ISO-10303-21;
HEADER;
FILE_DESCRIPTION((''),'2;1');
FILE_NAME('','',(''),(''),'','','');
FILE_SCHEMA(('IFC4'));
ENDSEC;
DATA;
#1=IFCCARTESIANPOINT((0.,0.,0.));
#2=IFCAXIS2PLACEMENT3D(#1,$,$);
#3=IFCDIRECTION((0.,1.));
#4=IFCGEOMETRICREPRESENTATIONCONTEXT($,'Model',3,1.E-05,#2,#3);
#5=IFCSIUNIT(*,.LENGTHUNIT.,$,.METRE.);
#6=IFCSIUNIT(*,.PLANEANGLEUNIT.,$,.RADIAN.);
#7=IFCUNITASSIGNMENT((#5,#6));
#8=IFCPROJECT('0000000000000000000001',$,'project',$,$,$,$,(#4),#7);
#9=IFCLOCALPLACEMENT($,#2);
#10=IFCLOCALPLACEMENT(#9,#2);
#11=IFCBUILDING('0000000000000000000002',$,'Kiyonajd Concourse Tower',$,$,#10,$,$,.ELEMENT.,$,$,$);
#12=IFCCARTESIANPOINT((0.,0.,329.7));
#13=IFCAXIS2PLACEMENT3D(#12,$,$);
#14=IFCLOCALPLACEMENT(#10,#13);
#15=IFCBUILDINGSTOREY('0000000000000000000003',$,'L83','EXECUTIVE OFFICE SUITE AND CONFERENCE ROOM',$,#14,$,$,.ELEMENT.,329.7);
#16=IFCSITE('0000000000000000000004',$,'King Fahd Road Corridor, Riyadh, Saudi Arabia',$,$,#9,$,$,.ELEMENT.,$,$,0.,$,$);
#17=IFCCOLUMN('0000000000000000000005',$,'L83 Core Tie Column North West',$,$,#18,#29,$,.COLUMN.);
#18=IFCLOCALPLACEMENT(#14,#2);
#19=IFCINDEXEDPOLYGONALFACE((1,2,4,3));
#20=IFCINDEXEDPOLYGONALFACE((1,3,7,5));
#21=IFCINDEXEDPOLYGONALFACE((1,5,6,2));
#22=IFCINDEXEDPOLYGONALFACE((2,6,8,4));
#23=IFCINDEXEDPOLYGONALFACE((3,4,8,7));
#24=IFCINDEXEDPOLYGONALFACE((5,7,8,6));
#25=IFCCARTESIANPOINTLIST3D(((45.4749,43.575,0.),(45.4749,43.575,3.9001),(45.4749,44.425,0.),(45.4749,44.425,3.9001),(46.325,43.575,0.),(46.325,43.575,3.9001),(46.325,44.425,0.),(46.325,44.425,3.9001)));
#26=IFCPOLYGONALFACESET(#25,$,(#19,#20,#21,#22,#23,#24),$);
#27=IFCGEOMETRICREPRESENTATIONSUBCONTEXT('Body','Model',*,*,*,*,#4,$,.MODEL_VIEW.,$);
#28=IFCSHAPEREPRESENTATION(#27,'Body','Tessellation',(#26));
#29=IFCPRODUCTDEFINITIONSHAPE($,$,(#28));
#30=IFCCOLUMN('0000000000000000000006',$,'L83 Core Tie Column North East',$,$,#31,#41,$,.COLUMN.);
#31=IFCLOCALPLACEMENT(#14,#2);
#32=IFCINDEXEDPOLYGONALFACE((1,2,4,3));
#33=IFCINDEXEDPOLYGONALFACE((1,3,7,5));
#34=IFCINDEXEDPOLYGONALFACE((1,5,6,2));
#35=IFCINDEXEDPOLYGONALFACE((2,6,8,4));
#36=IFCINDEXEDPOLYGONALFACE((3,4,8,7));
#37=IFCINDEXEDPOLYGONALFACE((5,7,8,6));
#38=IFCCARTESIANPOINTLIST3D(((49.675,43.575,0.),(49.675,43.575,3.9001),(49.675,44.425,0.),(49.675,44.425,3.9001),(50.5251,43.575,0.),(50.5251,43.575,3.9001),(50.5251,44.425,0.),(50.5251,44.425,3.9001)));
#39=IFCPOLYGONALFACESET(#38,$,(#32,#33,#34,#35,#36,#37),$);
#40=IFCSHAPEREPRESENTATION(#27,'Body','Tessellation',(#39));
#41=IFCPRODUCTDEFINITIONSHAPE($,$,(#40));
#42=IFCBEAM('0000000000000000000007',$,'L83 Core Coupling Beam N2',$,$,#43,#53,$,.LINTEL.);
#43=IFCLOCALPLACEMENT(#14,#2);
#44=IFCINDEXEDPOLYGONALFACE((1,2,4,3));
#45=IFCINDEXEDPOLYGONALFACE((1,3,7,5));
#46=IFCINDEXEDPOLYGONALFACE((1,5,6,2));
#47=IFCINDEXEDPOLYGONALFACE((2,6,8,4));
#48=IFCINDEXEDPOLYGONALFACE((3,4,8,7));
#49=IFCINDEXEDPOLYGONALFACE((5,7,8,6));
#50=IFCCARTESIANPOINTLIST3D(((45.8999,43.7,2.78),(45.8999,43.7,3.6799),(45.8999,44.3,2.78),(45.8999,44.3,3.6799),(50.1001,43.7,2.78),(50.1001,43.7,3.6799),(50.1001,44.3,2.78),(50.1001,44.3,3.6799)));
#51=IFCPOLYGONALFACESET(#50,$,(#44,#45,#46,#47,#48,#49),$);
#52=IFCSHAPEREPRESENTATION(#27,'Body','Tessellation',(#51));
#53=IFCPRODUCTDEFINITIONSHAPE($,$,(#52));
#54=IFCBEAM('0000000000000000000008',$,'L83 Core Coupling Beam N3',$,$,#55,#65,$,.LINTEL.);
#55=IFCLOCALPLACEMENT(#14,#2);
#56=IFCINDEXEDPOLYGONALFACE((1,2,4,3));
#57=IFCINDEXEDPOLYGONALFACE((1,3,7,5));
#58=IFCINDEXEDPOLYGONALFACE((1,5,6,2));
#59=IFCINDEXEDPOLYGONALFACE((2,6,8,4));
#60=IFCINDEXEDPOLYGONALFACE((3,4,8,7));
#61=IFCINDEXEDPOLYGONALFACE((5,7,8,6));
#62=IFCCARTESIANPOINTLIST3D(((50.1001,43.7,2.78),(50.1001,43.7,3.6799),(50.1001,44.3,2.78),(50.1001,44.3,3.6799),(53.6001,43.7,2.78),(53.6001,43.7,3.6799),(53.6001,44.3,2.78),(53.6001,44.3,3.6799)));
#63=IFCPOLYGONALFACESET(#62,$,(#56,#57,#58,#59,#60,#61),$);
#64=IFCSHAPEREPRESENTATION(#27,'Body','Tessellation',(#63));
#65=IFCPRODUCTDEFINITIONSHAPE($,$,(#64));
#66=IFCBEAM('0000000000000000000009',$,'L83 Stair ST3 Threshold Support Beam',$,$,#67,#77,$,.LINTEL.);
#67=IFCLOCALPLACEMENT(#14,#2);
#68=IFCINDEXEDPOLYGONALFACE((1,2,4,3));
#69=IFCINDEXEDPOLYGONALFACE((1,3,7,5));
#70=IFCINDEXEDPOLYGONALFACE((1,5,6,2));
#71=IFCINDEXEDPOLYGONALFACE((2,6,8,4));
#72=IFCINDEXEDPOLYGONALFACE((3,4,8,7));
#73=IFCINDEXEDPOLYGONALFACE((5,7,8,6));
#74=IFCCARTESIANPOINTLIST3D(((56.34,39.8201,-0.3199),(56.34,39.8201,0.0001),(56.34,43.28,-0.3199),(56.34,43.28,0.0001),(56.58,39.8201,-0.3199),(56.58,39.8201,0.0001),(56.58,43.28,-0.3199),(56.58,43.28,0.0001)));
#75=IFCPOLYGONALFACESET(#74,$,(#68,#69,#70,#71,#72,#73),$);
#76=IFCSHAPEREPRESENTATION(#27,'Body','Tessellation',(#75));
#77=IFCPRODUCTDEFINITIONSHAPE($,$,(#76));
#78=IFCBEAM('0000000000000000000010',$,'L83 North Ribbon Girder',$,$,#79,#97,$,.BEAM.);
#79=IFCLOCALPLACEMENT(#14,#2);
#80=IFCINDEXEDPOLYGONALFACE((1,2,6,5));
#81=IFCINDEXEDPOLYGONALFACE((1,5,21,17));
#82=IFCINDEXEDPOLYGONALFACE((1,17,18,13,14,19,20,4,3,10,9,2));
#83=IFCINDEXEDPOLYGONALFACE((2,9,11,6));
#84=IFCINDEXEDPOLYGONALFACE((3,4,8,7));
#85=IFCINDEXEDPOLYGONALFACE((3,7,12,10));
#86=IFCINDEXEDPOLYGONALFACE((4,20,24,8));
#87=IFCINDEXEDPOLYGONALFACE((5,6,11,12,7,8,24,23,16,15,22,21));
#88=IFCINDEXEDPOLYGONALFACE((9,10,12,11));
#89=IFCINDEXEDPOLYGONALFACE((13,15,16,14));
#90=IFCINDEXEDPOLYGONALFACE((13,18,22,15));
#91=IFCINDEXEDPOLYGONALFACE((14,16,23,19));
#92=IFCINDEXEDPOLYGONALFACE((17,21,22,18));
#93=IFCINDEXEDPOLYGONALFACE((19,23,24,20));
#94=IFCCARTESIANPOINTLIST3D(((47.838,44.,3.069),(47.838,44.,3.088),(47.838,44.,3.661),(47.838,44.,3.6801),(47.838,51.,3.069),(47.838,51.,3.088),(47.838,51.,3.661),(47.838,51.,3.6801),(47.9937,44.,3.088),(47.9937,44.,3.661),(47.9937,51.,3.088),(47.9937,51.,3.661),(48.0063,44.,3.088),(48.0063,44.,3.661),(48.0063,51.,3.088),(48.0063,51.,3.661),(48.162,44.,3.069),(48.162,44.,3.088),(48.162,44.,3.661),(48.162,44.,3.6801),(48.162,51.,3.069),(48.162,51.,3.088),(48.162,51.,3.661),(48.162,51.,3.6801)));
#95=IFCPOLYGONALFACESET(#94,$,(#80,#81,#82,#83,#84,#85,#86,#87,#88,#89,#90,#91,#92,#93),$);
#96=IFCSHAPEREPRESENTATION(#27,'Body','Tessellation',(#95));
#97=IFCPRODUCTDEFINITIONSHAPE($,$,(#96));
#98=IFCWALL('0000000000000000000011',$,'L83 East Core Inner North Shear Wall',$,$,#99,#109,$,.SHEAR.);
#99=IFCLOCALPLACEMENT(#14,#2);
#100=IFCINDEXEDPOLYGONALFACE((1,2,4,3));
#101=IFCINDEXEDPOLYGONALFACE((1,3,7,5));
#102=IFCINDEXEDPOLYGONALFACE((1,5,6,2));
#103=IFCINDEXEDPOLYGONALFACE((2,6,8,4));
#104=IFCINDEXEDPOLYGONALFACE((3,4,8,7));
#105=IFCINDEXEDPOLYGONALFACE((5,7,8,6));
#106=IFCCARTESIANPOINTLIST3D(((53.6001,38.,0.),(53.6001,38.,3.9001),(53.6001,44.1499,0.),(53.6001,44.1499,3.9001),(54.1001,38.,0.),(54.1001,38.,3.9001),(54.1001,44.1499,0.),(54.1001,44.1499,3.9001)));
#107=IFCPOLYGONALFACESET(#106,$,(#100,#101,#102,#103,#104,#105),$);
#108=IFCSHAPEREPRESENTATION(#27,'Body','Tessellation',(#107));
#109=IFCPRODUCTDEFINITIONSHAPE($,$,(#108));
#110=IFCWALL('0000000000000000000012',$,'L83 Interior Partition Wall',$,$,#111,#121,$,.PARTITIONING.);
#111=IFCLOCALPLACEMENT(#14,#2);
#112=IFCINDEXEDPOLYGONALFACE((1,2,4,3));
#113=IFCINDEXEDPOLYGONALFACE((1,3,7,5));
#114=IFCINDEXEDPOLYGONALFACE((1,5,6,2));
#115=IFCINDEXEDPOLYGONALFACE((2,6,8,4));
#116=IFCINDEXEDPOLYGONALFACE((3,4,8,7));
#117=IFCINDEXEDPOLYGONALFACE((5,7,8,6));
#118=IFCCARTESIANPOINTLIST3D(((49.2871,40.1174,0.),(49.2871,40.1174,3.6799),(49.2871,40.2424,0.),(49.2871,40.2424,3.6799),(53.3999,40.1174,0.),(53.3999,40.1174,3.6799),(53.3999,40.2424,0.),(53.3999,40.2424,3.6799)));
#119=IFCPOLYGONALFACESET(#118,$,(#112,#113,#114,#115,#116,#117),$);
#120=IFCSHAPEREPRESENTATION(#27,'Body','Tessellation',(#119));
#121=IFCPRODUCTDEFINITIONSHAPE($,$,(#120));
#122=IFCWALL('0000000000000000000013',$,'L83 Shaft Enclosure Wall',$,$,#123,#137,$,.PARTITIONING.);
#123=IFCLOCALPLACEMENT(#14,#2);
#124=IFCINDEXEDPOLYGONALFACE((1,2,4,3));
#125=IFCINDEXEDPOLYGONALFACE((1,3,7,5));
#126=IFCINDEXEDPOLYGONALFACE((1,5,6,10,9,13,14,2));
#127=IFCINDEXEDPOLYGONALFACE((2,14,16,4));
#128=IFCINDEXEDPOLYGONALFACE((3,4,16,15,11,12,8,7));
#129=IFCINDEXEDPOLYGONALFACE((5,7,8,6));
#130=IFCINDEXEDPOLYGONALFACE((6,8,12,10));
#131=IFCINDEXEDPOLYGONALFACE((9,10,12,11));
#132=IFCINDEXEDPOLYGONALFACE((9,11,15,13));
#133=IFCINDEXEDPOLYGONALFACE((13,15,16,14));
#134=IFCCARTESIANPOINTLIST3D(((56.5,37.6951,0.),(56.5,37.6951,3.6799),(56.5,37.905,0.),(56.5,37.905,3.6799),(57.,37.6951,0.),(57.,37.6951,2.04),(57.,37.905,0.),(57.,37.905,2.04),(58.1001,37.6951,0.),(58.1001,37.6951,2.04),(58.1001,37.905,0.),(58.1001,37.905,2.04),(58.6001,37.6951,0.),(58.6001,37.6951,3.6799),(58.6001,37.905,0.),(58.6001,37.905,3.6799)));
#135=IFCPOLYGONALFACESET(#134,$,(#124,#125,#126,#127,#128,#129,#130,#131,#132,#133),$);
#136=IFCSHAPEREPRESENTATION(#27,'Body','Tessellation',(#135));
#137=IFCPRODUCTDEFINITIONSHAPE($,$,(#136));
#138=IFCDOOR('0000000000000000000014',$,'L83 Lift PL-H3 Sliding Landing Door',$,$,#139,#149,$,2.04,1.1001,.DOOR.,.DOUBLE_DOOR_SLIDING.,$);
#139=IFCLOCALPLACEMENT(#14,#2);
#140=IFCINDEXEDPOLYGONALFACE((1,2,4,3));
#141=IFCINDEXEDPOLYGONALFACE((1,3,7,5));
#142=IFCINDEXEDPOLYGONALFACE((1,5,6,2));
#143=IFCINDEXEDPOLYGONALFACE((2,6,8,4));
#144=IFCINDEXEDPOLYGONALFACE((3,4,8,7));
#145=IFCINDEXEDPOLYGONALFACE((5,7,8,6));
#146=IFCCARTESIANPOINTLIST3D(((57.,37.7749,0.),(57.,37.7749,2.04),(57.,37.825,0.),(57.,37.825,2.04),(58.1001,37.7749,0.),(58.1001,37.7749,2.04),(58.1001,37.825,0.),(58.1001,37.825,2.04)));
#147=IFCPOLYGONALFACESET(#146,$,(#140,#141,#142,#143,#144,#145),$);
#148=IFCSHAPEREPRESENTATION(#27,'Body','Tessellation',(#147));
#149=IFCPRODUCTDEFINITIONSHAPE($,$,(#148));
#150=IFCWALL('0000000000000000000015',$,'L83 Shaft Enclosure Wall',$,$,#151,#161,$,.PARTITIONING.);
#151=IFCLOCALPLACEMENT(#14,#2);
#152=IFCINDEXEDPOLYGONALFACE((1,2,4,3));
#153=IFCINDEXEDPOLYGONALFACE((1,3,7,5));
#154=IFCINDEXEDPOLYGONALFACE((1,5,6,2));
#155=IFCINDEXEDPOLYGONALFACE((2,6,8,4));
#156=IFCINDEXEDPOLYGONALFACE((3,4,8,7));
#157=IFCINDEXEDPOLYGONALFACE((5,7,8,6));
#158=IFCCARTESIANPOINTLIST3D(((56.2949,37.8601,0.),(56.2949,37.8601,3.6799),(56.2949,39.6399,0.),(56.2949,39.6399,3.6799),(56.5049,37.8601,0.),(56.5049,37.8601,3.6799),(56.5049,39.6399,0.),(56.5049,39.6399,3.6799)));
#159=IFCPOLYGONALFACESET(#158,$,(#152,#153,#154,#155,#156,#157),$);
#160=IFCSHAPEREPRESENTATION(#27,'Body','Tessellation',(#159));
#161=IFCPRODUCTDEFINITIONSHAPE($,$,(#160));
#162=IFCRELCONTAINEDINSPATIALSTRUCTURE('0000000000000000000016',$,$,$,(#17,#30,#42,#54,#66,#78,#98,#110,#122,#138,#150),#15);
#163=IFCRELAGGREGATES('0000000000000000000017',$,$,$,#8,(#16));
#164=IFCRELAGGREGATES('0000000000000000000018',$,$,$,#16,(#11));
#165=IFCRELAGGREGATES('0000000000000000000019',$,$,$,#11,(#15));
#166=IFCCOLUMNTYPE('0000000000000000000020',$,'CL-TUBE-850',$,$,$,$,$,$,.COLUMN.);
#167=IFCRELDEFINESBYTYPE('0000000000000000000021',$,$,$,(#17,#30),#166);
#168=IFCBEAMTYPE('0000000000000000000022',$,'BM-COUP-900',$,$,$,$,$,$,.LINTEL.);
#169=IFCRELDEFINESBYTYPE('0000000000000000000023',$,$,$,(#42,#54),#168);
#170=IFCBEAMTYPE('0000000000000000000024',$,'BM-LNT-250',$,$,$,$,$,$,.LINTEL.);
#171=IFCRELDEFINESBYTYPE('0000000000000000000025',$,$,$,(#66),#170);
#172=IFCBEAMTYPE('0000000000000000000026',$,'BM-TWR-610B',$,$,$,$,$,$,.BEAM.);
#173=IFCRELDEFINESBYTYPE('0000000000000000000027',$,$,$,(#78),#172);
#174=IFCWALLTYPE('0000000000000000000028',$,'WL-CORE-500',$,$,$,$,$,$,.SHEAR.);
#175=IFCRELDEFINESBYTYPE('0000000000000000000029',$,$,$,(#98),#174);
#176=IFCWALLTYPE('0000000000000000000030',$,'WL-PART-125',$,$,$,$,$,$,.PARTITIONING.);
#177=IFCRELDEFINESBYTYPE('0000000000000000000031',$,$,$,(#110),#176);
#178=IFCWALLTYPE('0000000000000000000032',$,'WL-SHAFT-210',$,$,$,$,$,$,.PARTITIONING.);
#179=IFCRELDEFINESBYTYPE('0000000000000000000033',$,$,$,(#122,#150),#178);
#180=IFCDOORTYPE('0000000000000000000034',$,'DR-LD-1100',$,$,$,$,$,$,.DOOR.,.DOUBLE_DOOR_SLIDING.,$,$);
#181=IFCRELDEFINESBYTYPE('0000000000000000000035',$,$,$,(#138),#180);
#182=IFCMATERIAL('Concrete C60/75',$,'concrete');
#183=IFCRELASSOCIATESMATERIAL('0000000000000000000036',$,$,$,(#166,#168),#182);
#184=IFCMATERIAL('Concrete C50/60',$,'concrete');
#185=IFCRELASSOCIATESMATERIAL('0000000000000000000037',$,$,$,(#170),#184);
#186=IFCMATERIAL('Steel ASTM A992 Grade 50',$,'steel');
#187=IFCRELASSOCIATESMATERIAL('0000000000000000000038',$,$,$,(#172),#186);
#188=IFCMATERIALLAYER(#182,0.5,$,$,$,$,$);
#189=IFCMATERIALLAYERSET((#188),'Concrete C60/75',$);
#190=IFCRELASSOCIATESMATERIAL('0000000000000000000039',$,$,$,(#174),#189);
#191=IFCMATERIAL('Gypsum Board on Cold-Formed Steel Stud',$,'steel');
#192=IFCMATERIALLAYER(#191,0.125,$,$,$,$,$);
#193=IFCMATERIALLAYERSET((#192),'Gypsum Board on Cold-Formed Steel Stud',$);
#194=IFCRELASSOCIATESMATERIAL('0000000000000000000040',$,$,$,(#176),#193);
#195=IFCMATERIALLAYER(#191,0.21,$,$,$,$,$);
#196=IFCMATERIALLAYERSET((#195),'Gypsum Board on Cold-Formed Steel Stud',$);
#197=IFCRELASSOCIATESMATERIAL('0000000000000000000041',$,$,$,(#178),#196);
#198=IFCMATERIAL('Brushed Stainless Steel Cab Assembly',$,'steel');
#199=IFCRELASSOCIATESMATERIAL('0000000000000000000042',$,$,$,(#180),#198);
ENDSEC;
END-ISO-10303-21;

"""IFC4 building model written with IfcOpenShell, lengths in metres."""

from ifc_helpers import new_model, si_unit, direction, frame, frame_2d, origin, origin_2d, place, context, subcontext, project, spatial, rectangle, i_section, extrude, material, layer, layer_set, material_profile, profile_set, type_object, element, fill, save


model = new_model("IFC4")

# Units and contexts
model_context = context("Model", 3, precision=1e-05, world=origin(), true_north=direction((0.0, 1.0)))
body_context = subcontext(model_context, "Body", "Model", "MODEL_VIEW")
ifc_project = project(units=[si_unit("LENGTHUNIT", "METRE"), si_unit("PLANEANGLEUNIT", "RADIAN")], contexts=[model_context])

# Site, building, storey
site_placement = place(None, origin())
site = spatial("IfcSite", under=ifc_project, at=site_placement, Name="King Fahd Road Corridor, Riyadh, Saudi Arabia", CompositionType="ELEMENT", RefElevation=0.0)
building_placement = place(site_placement, origin())
building = spatial("IfcBuilding", under=site, at=building_placement, Name="Kiyonajd Concourse Tower", CompositionType="ELEMENT")
storey_placement = place(building_placement, frame((0.0, 0.0, 329.7)))
storey = spatial("IfcBuildingStorey", under=building, at=storey_placement, Name="L83", Description="EXECUTIVE OFFICE SUITE AND CONFERENCE ROOM", CompositionType="ELEMENT", Elevation=329.7)

# Columns
ifc_material_1 = material(Name="Concrete C60/75", Category="concrete")
ifc_material_profile_1 = material_profile(ifc_material_1, rectangle(XDim=0.8501, YDim=0.8501, at=origin_2d()), Name="RC-850x850")
ifc_profile_set_1 = profile_set([ifc_material_profile_1], Name="Concrete C60/75")
column_type = type_object("IfcColumnType", Name="CL-TUBE-850", PredefinedType="COLUMN", material=ifc_profile_set_1)
for number, where, z_axis, x_axis, name in (
    (1, (45.8999, 44.0, 0.0), (0.0, 0.0, 1.0), (1.0, 0.0, 0.0), "L83 Core Tie Column North West"),
    (2, (50.1001, 44.0, 0.0), (0.0, 0.0, 1.0), (1.0, 0.0, 0.0), "L83 Core Tie Column North East"),
):
    element("IfcColumn", number, at=place(storey_placement, frame(where, z_axis=z_axis, x_axis=x_axis)), inside=storey, type_object=column_type, Name=name, PredefinedType="COLUMN", context=body_context, shape_type="SweptSolid", body=[
        extrude(rectangle(XDim=0.8501, YDim=0.8501, at=origin_2d()), origin(), (0.0, 0.0, 1.0), 3.9001),
    ])

# Beams
ifc_material_profile_2 = material_profile(ifc_material_1, rectangle(XDim=0.6001, YDim=0.8999, at=origin_2d()), Name="RCBM-600x900")
ifc_profile_set_2 = profile_set([ifc_material_profile_2], Name="Concrete C60/75")
beam_type_1 = type_object("IfcBeamType", Name="BM-COUP-900", PredefinedType="LINTEL", material=ifc_profile_set_2)
beam_1_placement = place(storey_placement, frame((45.8999, 44.0, 3.23), z_axis=(1.0, 0.0, 0.0), x_axis=(0.0, 1.0, 0.0)))
element("IfcBeam", 3, at=beam_1_placement, inside=storey, type_object=beam_type_1, Name="L83 Core Coupling Beam N2", PredefinedType="LINTEL", context=body_context, shape_type="SweptSolid", body=[
    extrude(rectangle(XDim=0.6001, YDim=0.8999, at=origin_2d()), origin(), (0.0, 0.0, 1.0), 4.2002),
])
beam_2_placement = place(storey_placement, frame((50.1001, 44.0, 3.23), z_axis=(1.0, 0.0, 0.0), x_axis=(0.0, 1.0, 0.0)))
element("IfcBeam", 4, at=beam_2_placement, inside=storey, type_object=beam_type_1, Name="L83 Core Coupling Beam N3", PredefinedType="LINTEL", context=body_context, shape_type="SweptSolid", body=[
    extrude(rectangle(XDim=0.6001, YDim=0.8999, at=origin_2d()), origin(), (0.0, 0.0, 1.0), 3.5),
])
ifc_material_2 = material(Name="Concrete C50/60", Category="concrete")
ifc_material_profile_3 = material_profile(ifc_material_2, rectangle(XDim=0.24, YDim=0.3201, at=origin_2d()), Name="RCBM-240x320")
ifc_profile_set_3 = profile_set([ifc_material_profile_3], Name="Concrete C50/60")
beam_type_2 = type_object("IfcBeamType", Name="BM-LNT-250", PredefinedType="LINTEL", material=ifc_profile_set_3)
beam_3_placement = place(storey_placement, frame((56.46, 39.8201, -0.1599), z_axis=(0.0, 1.0, 0.0), x_axis=(-1.0, 0.0, 0.0)))
element("IfcBeam", 5, at=beam_3_placement, inside=storey, type_object=beam_type_2, Name="L83 Stair ST3 Threshold Support Beam", PredefinedType="LINTEL", context=body_context, shape_type="SweptSolid", body=[
    extrude(rectangle(XDim=0.24, YDim=0.3201, at=origin_2d()), origin(), (0.0, 0.0, 1.0), 3.46),
])
ifc_material_3 = material(Name="Steel ASTM A992 Grade 50", Category="steel")
ifc_material_profile_4 = material_profile(ifc_material_3, i_section(OverallWidth=0.324, OverallDepth=0.6111, WebThickness=0.0127, FlangeThickness=0.019, at=origin_2d()), Name="W610X155")
ifc_profile_set_4 = profile_set([ifc_material_profile_4], Name="Steel ASTM A992 Grade 50")
beam_type_3 = type_object("IfcBeamType", Name="BM-TWR-610B", PredefinedType="BEAM", material=ifc_profile_set_4)
beam_4_placement = place(storey_placement, frame((48.0, 44.0, 3.3745), z_axis=(0.0, 1.0, 0.0), x_axis=(-1.0, 0.0, 0.0)))
element("IfcBeam", 6, at=beam_4_placement, inside=storey, type_object=beam_type_3, Name="L83 North Ribbon Girder", PredefinedType="BEAM", context=body_context, shape_type="SweptSolid", body=[
    extrude(i_section(OverallWidth=0.324, OverallDepth=0.6111, WebThickness=0.0127, FlangeThickness=0.019, at=origin_2d()), origin(), (0.0, 0.0, 1.0), 7.0),
])

# Walls
ifc_layer_1 = layer(ifc_material_1, 0.5)
ifc_layer_set_1 = layer_set([ifc_layer_1], Name="Concrete C60/75")
wall_type_1 = type_object("IfcWallType", Name="WL-CORE-500", PredefinedType="SHEAR", material=ifc_layer_set_1)
wall_1_placement = place(storey_placement, frame((53.8501, 38.0, 0.0), z_axis=(0.0, 0.0, 1.0), x_axis=(0.0, 1.0, 0.0)))
element("IfcWall", 7, at=wall_1_placement, inside=storey, type_object=wall_type_1, Name="L83 East Core Inner North Shear Wall", PredefinedType="SHEAR", context=body_context, shape_type="SweptSolid", body=[
    extrude(rectangle(XDim=6.1499, YDim=0.5, at=frame_2d((3.075, 0.0))), origin(), (0.0, 0.0, 1.0), 3.9001),
])
ifc_material_4 = material(Name="Gypsum Board on Cold-Formed Steel Stud", Category="steel")
ifc_layer_2 = layer(ifc_material_4, 0.125)
ifc_layer_set_2 = layer_set([ifc_layer_2], Name="Gypsum Board on Cold-Formed Steel Stud")
wall_type_2 = type_object("IfcWallType", Name="WL-PART-125", PredefinedType="PARTITIONING", material=ifc_layer_set_2)
wall_2_placement = place(storey_placement, frame((49.2871, 40.1799, 0.0), z_axis=(0.0, 0.0, 1.0), x_axis=(1.0, 0.0, 0.0)))
element("IfcWall", 8, at=wall_2_placement, inside=storey, type_object=wall_type_2, Name="L83 Interior Partition Wall", PredefinedType="PARTITIONING", context=body_context, shape_type="SweptSolid", body=[
    extrude(rectangle(XDim=4.1128, YDim=0.125, at=frame_2d((2.0564, 0.0))), origin(), (0.0, 0.0, 1.0), 3.6799),
])

# Wall, opening, door
ifc_layer_3 = layer(ifc_material_4, 0.21)
ifc_layer_set_3 = layer_set([ifc_layer_3], Name="Gypsum Board on Cold-Formed Steel Stud")
wall_type_3 = type_object("IfcWallType", Name="WL-SHAFT-210", PredefinedType="PARTITIONING", material=ifc_layer_set_3)
wall_3_placement = place(storey_placement, frame((56.5, 37.8, 0.0), z_axis=(0.0, 0.0, 1.0), x_axis=(1.0, 0.0, 0.0)))
wall_3 = element("IfcWall", 9, at=wall_3_placement, inside=storey, type_object=wall_type_3, Name="L83 Shaft Enclosure Wall", PredefinedType="PARTITIONING", context=body_context, shape_type="SweptSolid", body=[
    extrude(rectangle(XDim=2.1001, YDim=0.21, at=frame_2d((1.05, 0.0))), origin(), (0.0, 0.0, 1.0), 3.6799),
])
opening_1_placement = place(wall_3_placement, frame((0.5, 0.0, 0.0)))
opening_1 = element("IfcOpeningElement", 10, at=opening_1_placement, cuts=wall_3, PredefinedType="OPENING", context=body_context, shape_type="SweptSolid", body=[
    extrude(rectangle(XDim=1.1001, YDim=2.04, at=frame_2d((0.55, 1.02))), frame((0.0, 0.115, 0.0), z_axis=(0.0, -1.0, 0.0), x_axis=(1.0, 0.0, 0.0)), (0.0, 0.0, 1.0), 0.23),
])
ifc_material_5 = material(Name="Brushed Stainless Steel Cab Assembly", Category="steel")
door_type_1 = type_object("IfcDoorType", Name="DR-LD-1100", OperationType="DOUBLE_DOOR_SLIDING", PredefinedType="DOOR", material=ifc_material_5)
door_1_placement = place(opening_1_placement, origin())
door_1 = element("IfcDoor", 11, at=door_1_placement, inside=storey, type_object=door_type_1, Name="L83 Lift PL-H3 Sliding Landing Door", OperationType="DOUBLE_DOOR_SLIDING", OverallHeight=2.04, OverallWidth=1.1001, PredefinedType="DOOR", context=body_context, shape_type="SweptSolid", body=[
    extrude(rectangle(XDim=1.1001, YDim=2.04, at=frame_2d((0.55, 1.02))), frame((0.0, 0.0249, 0.0), z_axis=(0.0, -1.0, 0.0), x_axis=(1.0, 0.0, 0.0)), (0.0, 0.0, 1.0), 0.05),
])
fill(opening_1, door_1)

# Wall
wall_4_placement = place(storey_placement, frame((56.3999, 37.8601, 0.0), z_axis=(0.0, 0.0, 1.0), x_axis=(0.0, 1.0, 0.0)))
element("IfcWall", 12, at=wall_4_placement, inside=storey, type_object=wall_type_3, Name="L83 Shaft Enclosure Wall", PredefinedType="PARTITIONING", context=body_context, shape_type="SweptSolid", body=[
    extrude(rectangle(XDim=1.7798, YDim=0.21, at=frame_2d((0.8899, 0.0))), origin(), (0.0, 0.0, 1.0), 3.6799),
])

save(model, "model.ifc")
